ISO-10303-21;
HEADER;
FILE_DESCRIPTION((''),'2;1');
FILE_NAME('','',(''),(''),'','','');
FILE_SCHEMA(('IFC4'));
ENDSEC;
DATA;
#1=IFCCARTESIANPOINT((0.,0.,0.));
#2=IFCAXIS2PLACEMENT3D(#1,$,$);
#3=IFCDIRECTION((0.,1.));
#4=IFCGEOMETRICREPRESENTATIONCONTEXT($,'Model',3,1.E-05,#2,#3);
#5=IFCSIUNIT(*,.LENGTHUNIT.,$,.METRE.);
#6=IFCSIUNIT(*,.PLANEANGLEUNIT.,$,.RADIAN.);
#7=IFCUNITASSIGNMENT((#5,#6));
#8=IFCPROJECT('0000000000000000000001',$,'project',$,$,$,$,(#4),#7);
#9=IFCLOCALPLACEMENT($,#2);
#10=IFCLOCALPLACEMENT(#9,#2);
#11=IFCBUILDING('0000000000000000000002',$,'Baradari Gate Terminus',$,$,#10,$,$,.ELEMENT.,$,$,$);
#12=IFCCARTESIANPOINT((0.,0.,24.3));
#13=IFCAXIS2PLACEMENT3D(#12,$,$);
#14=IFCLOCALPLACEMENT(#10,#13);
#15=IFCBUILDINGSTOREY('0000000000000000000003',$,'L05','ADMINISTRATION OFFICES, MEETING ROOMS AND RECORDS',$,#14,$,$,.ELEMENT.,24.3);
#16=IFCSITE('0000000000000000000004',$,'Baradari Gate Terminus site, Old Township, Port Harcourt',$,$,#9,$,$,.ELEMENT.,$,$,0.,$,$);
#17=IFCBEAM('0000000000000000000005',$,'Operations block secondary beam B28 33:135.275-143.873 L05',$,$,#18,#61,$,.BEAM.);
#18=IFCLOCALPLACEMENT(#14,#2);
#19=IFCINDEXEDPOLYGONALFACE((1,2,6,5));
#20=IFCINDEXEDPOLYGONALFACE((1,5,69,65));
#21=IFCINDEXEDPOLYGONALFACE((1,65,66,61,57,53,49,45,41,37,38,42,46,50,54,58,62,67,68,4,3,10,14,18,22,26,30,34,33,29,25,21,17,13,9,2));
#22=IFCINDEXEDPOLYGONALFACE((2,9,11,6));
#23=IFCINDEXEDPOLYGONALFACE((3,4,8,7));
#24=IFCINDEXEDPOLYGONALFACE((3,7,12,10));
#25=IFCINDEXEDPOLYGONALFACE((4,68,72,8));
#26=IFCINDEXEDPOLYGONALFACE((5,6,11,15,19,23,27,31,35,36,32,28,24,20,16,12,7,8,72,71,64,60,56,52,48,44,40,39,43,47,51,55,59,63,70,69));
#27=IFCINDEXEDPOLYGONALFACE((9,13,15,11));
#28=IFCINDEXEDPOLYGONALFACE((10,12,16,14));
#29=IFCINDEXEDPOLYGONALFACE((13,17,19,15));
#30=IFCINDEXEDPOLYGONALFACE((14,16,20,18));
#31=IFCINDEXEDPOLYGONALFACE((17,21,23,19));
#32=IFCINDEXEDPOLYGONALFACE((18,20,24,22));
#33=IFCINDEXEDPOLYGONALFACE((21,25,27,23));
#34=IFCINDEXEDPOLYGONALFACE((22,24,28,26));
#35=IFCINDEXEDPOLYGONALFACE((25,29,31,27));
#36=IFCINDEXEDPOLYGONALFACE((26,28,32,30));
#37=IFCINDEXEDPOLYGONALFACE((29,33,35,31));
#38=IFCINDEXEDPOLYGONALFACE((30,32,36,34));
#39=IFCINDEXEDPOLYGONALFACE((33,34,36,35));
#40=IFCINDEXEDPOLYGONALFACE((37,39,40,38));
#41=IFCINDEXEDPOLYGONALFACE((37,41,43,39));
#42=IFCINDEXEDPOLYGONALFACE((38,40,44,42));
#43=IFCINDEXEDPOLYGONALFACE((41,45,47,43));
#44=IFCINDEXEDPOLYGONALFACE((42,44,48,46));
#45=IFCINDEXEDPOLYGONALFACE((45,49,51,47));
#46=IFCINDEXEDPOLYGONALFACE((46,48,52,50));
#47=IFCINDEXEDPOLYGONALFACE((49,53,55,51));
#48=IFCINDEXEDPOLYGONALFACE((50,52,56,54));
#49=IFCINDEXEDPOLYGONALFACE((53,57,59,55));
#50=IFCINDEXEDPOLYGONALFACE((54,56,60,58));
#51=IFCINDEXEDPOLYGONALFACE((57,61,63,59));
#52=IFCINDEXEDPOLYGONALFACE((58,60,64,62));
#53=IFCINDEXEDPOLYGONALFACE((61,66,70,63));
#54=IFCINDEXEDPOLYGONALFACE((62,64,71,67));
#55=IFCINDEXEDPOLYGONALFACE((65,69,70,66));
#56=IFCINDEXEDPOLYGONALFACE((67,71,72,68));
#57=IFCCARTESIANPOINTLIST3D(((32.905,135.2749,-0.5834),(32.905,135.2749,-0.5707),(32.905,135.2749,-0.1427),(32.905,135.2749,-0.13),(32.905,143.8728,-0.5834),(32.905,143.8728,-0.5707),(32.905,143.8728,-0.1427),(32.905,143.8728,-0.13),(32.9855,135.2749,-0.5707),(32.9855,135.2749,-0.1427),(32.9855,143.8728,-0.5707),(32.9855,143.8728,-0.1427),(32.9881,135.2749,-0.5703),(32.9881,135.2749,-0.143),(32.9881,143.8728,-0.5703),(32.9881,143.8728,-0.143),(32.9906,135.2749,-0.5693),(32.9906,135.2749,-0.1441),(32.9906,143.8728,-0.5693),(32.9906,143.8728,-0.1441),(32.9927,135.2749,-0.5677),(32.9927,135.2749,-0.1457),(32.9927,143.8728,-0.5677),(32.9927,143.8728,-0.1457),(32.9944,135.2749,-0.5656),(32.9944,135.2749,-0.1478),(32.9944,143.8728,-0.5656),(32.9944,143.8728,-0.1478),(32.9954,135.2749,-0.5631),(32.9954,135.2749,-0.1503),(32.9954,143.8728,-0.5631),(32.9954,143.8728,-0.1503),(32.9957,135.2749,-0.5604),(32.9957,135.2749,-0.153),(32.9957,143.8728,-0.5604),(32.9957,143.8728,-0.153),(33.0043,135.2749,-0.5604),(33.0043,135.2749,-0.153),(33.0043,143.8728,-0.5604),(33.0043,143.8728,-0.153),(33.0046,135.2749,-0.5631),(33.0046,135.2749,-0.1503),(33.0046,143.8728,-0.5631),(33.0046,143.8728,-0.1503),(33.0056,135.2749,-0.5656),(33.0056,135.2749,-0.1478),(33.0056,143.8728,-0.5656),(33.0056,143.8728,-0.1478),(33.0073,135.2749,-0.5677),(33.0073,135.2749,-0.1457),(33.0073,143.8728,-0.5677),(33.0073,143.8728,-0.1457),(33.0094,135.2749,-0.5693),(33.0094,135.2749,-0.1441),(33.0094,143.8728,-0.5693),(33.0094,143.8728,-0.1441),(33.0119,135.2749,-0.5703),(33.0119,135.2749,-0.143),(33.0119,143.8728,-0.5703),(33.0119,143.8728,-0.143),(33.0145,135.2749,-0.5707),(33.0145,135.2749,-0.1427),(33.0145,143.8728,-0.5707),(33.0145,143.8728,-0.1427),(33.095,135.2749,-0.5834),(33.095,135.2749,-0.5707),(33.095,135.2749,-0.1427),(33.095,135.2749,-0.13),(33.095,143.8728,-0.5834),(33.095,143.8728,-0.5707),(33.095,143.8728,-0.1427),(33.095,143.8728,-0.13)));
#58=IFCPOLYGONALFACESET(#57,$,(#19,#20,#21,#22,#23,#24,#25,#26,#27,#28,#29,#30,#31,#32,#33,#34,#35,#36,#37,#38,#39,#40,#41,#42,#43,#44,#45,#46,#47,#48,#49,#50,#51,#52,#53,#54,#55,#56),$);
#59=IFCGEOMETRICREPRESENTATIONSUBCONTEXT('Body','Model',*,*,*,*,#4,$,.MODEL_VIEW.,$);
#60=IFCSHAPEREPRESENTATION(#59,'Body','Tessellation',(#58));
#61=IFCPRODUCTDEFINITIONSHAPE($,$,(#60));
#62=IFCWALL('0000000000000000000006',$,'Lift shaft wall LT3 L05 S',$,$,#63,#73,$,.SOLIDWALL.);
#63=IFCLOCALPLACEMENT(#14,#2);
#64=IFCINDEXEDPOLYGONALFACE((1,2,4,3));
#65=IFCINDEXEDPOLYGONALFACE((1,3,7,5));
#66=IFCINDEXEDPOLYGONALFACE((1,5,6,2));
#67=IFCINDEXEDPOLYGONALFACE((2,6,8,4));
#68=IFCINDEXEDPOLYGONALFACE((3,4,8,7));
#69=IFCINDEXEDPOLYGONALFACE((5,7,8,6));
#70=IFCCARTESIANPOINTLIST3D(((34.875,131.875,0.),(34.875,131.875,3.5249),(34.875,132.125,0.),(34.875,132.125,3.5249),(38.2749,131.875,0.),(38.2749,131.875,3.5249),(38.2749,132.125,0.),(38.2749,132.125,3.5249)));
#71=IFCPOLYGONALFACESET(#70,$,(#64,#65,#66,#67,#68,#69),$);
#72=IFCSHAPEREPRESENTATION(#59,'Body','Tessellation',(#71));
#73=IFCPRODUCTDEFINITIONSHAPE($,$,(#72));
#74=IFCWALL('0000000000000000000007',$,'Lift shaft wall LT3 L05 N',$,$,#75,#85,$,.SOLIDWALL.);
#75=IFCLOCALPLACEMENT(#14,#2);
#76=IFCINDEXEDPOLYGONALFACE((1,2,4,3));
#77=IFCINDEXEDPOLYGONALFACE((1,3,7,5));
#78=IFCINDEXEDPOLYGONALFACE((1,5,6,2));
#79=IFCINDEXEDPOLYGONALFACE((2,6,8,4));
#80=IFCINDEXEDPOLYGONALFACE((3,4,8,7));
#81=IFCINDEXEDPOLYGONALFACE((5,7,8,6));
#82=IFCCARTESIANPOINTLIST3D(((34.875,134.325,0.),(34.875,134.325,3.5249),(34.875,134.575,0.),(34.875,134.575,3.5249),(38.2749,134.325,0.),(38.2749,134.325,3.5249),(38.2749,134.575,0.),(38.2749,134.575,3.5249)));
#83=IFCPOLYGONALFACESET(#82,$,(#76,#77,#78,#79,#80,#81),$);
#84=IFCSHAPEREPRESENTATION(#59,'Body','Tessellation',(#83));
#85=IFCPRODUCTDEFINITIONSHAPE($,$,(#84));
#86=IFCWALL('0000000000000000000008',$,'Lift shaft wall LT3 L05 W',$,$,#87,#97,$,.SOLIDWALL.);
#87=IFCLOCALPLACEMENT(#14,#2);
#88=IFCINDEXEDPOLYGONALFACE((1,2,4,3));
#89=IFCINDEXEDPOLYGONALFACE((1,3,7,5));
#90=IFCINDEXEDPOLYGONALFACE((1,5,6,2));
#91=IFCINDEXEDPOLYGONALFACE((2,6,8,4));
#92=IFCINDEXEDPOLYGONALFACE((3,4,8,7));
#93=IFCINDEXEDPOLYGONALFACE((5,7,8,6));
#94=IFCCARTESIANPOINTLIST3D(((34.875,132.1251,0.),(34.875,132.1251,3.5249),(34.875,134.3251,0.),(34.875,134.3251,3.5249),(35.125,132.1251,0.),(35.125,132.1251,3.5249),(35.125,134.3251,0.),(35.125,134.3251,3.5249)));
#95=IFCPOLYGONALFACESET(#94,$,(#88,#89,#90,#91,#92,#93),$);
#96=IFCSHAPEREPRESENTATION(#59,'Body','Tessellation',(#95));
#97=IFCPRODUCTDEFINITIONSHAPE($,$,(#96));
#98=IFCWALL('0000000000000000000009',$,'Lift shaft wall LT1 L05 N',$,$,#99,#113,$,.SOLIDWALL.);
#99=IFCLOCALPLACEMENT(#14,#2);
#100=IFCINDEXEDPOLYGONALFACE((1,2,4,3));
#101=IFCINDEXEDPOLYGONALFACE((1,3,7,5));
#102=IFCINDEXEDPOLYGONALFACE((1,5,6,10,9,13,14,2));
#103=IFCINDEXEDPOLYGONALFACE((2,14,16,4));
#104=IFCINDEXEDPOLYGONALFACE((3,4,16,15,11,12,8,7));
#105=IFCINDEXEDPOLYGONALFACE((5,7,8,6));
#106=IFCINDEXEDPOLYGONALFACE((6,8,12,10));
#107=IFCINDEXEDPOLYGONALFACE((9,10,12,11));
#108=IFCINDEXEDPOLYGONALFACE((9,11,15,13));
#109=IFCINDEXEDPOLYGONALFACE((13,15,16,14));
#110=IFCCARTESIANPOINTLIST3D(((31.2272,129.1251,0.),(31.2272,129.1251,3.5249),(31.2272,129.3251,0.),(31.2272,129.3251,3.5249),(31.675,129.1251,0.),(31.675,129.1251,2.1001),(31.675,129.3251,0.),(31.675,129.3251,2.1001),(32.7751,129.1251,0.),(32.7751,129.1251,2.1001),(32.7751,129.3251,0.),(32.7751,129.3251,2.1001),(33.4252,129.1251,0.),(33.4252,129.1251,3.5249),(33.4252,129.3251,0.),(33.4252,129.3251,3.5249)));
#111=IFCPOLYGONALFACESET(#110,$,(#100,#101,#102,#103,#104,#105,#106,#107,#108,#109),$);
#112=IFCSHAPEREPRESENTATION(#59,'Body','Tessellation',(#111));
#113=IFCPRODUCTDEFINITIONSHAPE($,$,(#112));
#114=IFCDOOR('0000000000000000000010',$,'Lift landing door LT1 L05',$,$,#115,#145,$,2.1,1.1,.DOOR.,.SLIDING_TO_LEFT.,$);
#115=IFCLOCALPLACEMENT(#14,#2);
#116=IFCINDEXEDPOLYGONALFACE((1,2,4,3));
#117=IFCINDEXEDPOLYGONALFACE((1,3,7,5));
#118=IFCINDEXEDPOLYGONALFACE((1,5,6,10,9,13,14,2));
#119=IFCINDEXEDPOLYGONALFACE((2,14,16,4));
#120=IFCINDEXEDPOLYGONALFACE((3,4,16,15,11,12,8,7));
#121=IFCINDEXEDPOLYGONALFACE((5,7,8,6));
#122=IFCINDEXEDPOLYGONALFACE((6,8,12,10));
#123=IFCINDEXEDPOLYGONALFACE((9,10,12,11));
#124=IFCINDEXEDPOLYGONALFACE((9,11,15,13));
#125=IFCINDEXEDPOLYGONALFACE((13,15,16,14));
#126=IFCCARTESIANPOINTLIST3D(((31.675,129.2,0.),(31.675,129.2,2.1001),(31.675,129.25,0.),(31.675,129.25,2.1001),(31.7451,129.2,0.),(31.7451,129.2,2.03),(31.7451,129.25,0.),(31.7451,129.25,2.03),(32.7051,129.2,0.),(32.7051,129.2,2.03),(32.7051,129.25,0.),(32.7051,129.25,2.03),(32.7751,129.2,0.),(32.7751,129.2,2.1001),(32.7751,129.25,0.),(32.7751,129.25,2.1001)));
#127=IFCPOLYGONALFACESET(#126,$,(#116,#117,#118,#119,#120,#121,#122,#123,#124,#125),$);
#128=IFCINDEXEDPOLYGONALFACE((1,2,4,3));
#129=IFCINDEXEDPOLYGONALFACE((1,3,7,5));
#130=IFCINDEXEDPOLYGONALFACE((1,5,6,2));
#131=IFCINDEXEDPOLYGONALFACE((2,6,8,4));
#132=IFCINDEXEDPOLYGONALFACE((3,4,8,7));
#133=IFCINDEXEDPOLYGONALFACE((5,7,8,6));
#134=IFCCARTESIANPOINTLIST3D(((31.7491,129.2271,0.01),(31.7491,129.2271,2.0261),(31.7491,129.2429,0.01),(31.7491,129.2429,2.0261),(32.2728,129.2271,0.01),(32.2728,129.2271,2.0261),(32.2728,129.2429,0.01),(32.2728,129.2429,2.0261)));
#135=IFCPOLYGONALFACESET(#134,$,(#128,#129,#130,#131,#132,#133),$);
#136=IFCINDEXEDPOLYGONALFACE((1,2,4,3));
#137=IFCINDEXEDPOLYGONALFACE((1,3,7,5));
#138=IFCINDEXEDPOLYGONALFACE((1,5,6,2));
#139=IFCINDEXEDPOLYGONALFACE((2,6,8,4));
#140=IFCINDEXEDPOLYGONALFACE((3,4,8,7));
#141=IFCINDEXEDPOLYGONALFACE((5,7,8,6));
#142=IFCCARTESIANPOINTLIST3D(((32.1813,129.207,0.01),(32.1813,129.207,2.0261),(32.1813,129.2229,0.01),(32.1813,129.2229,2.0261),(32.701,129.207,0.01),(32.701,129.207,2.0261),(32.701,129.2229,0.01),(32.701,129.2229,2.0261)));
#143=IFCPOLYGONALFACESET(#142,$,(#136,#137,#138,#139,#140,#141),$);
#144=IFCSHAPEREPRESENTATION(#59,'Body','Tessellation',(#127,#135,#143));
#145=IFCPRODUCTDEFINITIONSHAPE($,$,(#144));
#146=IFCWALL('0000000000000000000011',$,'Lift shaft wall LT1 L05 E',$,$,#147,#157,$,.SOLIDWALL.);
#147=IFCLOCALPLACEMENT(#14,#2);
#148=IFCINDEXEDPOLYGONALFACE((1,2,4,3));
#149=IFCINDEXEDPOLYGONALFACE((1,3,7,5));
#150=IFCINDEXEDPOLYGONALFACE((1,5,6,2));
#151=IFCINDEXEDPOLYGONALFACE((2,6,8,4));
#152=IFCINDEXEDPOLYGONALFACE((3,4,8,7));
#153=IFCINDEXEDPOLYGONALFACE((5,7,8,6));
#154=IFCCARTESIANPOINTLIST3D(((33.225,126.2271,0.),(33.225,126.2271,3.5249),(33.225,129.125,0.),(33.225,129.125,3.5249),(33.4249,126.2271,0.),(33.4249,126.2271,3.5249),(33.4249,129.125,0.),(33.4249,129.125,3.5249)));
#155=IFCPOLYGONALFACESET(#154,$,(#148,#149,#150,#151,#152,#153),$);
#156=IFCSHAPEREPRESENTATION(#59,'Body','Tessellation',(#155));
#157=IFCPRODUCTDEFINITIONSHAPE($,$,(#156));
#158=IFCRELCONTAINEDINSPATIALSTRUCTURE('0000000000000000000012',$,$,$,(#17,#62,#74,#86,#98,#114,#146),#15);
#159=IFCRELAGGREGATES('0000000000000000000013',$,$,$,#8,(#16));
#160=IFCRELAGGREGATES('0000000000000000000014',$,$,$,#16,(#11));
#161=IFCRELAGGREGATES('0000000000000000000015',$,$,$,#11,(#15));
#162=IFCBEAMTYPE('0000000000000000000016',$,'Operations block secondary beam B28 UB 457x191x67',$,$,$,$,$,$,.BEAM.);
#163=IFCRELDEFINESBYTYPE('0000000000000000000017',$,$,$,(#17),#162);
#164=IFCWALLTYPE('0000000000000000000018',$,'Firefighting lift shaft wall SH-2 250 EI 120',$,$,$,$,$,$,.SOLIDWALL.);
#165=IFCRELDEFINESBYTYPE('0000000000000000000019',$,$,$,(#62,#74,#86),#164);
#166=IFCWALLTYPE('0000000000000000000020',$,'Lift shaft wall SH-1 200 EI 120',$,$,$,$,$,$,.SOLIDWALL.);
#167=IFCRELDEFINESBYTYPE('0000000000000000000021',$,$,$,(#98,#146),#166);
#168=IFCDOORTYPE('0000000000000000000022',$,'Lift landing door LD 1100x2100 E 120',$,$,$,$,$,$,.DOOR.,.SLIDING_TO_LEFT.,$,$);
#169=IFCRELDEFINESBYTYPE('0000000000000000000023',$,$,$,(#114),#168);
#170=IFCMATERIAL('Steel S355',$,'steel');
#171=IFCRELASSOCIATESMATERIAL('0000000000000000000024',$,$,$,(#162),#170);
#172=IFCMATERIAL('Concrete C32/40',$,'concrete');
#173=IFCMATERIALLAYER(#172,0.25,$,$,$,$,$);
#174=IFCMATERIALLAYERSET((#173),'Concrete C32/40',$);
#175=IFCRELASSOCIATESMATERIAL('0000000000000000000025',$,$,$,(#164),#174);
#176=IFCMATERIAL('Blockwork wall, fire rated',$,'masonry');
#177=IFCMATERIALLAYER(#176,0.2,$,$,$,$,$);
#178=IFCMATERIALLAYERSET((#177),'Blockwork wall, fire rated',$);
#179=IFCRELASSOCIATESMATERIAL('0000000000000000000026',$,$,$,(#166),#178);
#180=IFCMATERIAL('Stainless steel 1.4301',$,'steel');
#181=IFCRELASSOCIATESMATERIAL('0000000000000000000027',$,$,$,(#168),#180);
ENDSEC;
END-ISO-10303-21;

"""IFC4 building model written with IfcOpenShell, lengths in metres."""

from ifc_helpers import new_model, si_unit, direction, frame, frame_2d, origin, origin_2d, place, context, subcontext, project, spatial, polyline, rectangle, i_section, outline, extrude, material, layer, layer_set, material_profile, profile_set, type_object, element, fill, save


model = new_model("IFC4")

# Units and contexts
model_context = context("Model", 3, precision=1e-05, world=origin(), true_north=direction((0.0, 1.0)))
body_context = subcontext(model_context, "Body", "Model", "MODEL_VIEW")
ifc_project = project(units=[si_unit("LENGTHUNIT", "METRE"), si_unit("PLANEANGLEUNIT", "RADIAN")], contexts=[model_context])

# Site, building, storey
site_placement = place(None, origin())
site = spatial("IfcSite", under=ifc_project, at=site_placement, Name="Baradari Gate Terminus site, Old Township, Port Harcourt", CompositionType="ELEMENT", RefElevation=0.0)
building_placement = place(site_placement, origin())
building = spatial("IfcBuilding", under=site, at=building_placement, Name="Baradari Gate Terminus", CompositionType="ELEMENT")
storey_placement = place(building_placement, frame((0.0, 0.0, 24.3)))
storey = spatial("IfcBuildingStorey", under=building, at=storey_placement, Name="L05", Description="ADMINISTRATION OFFICES, MEETING ROOMS AND RECORDS", CompositionType="ELEMENT", Elevation=24.3)

# Beam
ifc_material_1 = material(Name="Steel S355", Category="steel")
ifc_material_profile_1 = material_profile(ifc_material_1, i_section(OverallWidth=0.1899, OverallDepth=0.4534, WebThickness=0.0085, FlangeThickness=0.0127, FilletRadius=0.0103, at=origin_2d()), Name="UB 457x191x67")
ifc_profile_set_1 = profile_set([ifc_material_profile_1], Name="Steel S355")
beam_type_1 = type_object("IfcBeamType", Name="Operations block secondary beam B28 UB 457x191x67", PredefinedType="BEAM", material=ifc_profile_set_1)
for number, where, z_axis, x_axis, name in (
    (1, (33.0, 135.2749, -0.3567), (0.0, 1.0, 0.0), (-1.0, 0.0, 0.0), "Operations block secondary beam B28 33:135.275-143.873 L05"),
):
    element("IfcBeam", number, at=place(storey_placement, frame(where, z_axis=z_axis, x_axis=x_axis)), inside=storey, type_object=beam_type_1, Name=name, PredefinedType="BEAM", context=body_context, shape_type="SweptSolid", body=[
        extrude(i_section(OverallWidth=0.1899, OverallDepth=0.4534, WebThickness=0.0085, FlangeThickness=0.0127, FilletRadius=0.0103, at=origin_2d()), origin(), (0.0, 0.0, 1.0), 8.5979),
    ])

# Walls
ifc_material_2 = material(Name="Concrete C32/40", Category="concrete")
ifc_layer_1 = layer(ifc_material_2, 0.25)
ifc_layer_set_1 = layer_set([ifc_layer_1], Name="Concrete C32/40")
wall_type_1 = type_object("IfcWallType", Name="Firefighting lift shaft wall SH-2 250 EI 120", PredefinedType="SOLIDWALL", material=ifc_layer_set_1)
for number, where, z_axis, x_axis, name in (
    (2, (34.875, 132.0, 0.0), (0.0, 0.0, 1.0), (1.0, 0.0, 0.0), "Lift shaft wall LT3 L05 S"),
    (3, (34.875, 134.45, 0.0), (0.0, 0.0, 1.0), (1.0, 0.0, 0.0), "Lift shaft wall LT3 L05 N"),
):
    element("IfcWall", number, at=place(storey_placement, frame(where, z_axis=z_axis, x_axis=x_axis)), inside=storey, type_object=wall_type_1, Name=name, PredefinedType="SOLIDWALL", context=body_context, shape_type="SweptSolid", body=[
        extrude(rectangle(XDim=3.3999, YDim=0.25, at=frame_2d((1.7, 0.0))), origin(), (0.0, 0.0, 1.0), 3.5249),
    ])
wall_1_placement = place(storey_placement, frame((35.0, 132.125, 0.0), z_axis=(0.0, 0.0, 1.0), x_axis=(0.0, 1.0, 0.0)))
element("IfcWall", 4, at=wall_1_placement, inside=storey, type_object=wall_type_1, Name="Lift shaft wall LT3 L05 W", PredefinedType="SOLIDWALL", context=body_context, shape_type="SweptSolid", body=[
    extrude(rectangle(XDim=2.2, YDim=0.25, at=frame_2d((1.1001, 0.0))), origin(), (0.0, 0.0, 1.0), 3.5249),
])

# Wall, opening, door
ifc_material_3 = material(Name="Blockwork wall, fire rated", Category="masonry")
ifc_layer_2 = layer(ifc_material_3, 0.2)
ifc_layer_set_2 = layer_set([ifc_layer_2], Name="Blockwork wall, fire rated")
wall_type_2 = type_object("IfcWallType", Name="Lift shaft wall SH-1 200 EI 120", PredefinedType="SOLIDWALL", material=ifc_layer_set_2)
wall_2_placement = place(storey_placement, frame((31.2271, 129.2251, 0.0), z_axis=(0.0, 0.0, 1.0), x_axis=(1.0, 0.0, 0.0)))
wall_2 = element("IfcWall", 5, at=wall_2_placement, inside=storey, type_object=wall_type_2, Name="Lift shaft wall LT1 L05 N", PredefinedType="SOLIDWALL", context=body_context, shape_type="SweptSolid", body=[
    extrude(rectangle(XDim=2.198, YDim=0.2, at=frame_2d((1.0991, 0.0))), origin(), (0.0, 0.0, 1.0), 3.5249),
])
opening_1_placement = place(wall_2_placement, frame((0.448, 0.0, 0.0)))
opening_1 = element("IfcOpeningElement", 6, at=opening_1_placement, cuts=wall_2, PredefinedType="OPENING", context=body_context, shape_type="SweptSolid", body=[
    extrude(rectangle(XDim=1.1001, YDim=2.1001, at=frame_2d((0.55, 1.05))), frame((0.0, 0.1099, 0.0), z_axis=(0.0, -1.0, 0.0), x_axis=(1.0, 0.0, 0.0)), (0.0, 0.0, 1.0), 0.22),
])
ifc_material_4 = material(Name="Stainless steel 1.4301", Category="steel")
door_type_1 = type_object("IfcDoorType", Name="Lift landing door LD 1100x2100 E 120", OperationType="SLIDING_TO_LEFT", PredefinedType="DOOR", material=ifc_material_4)
door_1_placement = place(opening_1_placement, origin())
door_1 = element("IfcDoor", 7, at=door_1_placement, inside=storey, type_object=door_type_1, Name="Lift landing door LT1 L05", OperationType="SLIDING_TO_LEFT", OverallHeight=2.1, OverallWidth=1.1, PredefinedType="DOOR", context=body_context, shape_type="SweptSolid", body=[
    extrude(outline(polyline([(0.0, 0.0), (0.0701, 0.0), (0.0701, 2.03), (1.03, 2.03), (1.03, 0.0), (1.1001, 0.0), (1.1001, 2.1001), (0.0, 2.1001), (0.0, 0.0)])), frame((0.0, 0.0249, 0.0), z_axis=(0.0, -1.0, 0.0), x_axis=(1.0, 0.0, 0.0)), (0.0, 0.0, 1.0), 0.05),
    extrude(rectangle(XDim=0.5237, YDim=2.0161, at=frame_2d((0.3359, 1.0181))), frame((0.0, 0.0178, 0.0), z_axis=(0.0, -1.0, 0.0), x_axis=(1.0, 0.0, 0.0)), (0.0, 0.0, 1.0), 0.0159),
    extrude(rectangle(XDim=0.5198, YDim=2.0161, at=frame_2d((0.7661, 1.0181))), frame((0.0, -0.0022, 0.0), z_axis=(0.0, -1.0, 0.0), x_axis=(1.0, 0.0, 0.0)), (0.0, 0.0, 1.0), 0.0159),
])
fill(opening_1, door_1)

# Wall
wall_3_placement = place(storey_placement, frame((33.325, 126.2271, 0.0), z_axis=(0.0, 0.0, 1.0), x_axis=(0.0, 1.0, 0.0)))
element("IfcWall", 8, at=wall_3_placement, inside=storey, type_object=wall_type_2, Name="Lift shaft wall LT1 L05 E", PredefinedType="SOLIDWALL", context=body_context, shape_type="SweptSolid", body=[
    extrude(rectangle(XDim=2.8979, YDim=0.2, at=frame_2d((1.449, 0.0))), origin(), (0.0, 0.0, 1.0), 3.5249),
])

save(model, "model.ifc")
